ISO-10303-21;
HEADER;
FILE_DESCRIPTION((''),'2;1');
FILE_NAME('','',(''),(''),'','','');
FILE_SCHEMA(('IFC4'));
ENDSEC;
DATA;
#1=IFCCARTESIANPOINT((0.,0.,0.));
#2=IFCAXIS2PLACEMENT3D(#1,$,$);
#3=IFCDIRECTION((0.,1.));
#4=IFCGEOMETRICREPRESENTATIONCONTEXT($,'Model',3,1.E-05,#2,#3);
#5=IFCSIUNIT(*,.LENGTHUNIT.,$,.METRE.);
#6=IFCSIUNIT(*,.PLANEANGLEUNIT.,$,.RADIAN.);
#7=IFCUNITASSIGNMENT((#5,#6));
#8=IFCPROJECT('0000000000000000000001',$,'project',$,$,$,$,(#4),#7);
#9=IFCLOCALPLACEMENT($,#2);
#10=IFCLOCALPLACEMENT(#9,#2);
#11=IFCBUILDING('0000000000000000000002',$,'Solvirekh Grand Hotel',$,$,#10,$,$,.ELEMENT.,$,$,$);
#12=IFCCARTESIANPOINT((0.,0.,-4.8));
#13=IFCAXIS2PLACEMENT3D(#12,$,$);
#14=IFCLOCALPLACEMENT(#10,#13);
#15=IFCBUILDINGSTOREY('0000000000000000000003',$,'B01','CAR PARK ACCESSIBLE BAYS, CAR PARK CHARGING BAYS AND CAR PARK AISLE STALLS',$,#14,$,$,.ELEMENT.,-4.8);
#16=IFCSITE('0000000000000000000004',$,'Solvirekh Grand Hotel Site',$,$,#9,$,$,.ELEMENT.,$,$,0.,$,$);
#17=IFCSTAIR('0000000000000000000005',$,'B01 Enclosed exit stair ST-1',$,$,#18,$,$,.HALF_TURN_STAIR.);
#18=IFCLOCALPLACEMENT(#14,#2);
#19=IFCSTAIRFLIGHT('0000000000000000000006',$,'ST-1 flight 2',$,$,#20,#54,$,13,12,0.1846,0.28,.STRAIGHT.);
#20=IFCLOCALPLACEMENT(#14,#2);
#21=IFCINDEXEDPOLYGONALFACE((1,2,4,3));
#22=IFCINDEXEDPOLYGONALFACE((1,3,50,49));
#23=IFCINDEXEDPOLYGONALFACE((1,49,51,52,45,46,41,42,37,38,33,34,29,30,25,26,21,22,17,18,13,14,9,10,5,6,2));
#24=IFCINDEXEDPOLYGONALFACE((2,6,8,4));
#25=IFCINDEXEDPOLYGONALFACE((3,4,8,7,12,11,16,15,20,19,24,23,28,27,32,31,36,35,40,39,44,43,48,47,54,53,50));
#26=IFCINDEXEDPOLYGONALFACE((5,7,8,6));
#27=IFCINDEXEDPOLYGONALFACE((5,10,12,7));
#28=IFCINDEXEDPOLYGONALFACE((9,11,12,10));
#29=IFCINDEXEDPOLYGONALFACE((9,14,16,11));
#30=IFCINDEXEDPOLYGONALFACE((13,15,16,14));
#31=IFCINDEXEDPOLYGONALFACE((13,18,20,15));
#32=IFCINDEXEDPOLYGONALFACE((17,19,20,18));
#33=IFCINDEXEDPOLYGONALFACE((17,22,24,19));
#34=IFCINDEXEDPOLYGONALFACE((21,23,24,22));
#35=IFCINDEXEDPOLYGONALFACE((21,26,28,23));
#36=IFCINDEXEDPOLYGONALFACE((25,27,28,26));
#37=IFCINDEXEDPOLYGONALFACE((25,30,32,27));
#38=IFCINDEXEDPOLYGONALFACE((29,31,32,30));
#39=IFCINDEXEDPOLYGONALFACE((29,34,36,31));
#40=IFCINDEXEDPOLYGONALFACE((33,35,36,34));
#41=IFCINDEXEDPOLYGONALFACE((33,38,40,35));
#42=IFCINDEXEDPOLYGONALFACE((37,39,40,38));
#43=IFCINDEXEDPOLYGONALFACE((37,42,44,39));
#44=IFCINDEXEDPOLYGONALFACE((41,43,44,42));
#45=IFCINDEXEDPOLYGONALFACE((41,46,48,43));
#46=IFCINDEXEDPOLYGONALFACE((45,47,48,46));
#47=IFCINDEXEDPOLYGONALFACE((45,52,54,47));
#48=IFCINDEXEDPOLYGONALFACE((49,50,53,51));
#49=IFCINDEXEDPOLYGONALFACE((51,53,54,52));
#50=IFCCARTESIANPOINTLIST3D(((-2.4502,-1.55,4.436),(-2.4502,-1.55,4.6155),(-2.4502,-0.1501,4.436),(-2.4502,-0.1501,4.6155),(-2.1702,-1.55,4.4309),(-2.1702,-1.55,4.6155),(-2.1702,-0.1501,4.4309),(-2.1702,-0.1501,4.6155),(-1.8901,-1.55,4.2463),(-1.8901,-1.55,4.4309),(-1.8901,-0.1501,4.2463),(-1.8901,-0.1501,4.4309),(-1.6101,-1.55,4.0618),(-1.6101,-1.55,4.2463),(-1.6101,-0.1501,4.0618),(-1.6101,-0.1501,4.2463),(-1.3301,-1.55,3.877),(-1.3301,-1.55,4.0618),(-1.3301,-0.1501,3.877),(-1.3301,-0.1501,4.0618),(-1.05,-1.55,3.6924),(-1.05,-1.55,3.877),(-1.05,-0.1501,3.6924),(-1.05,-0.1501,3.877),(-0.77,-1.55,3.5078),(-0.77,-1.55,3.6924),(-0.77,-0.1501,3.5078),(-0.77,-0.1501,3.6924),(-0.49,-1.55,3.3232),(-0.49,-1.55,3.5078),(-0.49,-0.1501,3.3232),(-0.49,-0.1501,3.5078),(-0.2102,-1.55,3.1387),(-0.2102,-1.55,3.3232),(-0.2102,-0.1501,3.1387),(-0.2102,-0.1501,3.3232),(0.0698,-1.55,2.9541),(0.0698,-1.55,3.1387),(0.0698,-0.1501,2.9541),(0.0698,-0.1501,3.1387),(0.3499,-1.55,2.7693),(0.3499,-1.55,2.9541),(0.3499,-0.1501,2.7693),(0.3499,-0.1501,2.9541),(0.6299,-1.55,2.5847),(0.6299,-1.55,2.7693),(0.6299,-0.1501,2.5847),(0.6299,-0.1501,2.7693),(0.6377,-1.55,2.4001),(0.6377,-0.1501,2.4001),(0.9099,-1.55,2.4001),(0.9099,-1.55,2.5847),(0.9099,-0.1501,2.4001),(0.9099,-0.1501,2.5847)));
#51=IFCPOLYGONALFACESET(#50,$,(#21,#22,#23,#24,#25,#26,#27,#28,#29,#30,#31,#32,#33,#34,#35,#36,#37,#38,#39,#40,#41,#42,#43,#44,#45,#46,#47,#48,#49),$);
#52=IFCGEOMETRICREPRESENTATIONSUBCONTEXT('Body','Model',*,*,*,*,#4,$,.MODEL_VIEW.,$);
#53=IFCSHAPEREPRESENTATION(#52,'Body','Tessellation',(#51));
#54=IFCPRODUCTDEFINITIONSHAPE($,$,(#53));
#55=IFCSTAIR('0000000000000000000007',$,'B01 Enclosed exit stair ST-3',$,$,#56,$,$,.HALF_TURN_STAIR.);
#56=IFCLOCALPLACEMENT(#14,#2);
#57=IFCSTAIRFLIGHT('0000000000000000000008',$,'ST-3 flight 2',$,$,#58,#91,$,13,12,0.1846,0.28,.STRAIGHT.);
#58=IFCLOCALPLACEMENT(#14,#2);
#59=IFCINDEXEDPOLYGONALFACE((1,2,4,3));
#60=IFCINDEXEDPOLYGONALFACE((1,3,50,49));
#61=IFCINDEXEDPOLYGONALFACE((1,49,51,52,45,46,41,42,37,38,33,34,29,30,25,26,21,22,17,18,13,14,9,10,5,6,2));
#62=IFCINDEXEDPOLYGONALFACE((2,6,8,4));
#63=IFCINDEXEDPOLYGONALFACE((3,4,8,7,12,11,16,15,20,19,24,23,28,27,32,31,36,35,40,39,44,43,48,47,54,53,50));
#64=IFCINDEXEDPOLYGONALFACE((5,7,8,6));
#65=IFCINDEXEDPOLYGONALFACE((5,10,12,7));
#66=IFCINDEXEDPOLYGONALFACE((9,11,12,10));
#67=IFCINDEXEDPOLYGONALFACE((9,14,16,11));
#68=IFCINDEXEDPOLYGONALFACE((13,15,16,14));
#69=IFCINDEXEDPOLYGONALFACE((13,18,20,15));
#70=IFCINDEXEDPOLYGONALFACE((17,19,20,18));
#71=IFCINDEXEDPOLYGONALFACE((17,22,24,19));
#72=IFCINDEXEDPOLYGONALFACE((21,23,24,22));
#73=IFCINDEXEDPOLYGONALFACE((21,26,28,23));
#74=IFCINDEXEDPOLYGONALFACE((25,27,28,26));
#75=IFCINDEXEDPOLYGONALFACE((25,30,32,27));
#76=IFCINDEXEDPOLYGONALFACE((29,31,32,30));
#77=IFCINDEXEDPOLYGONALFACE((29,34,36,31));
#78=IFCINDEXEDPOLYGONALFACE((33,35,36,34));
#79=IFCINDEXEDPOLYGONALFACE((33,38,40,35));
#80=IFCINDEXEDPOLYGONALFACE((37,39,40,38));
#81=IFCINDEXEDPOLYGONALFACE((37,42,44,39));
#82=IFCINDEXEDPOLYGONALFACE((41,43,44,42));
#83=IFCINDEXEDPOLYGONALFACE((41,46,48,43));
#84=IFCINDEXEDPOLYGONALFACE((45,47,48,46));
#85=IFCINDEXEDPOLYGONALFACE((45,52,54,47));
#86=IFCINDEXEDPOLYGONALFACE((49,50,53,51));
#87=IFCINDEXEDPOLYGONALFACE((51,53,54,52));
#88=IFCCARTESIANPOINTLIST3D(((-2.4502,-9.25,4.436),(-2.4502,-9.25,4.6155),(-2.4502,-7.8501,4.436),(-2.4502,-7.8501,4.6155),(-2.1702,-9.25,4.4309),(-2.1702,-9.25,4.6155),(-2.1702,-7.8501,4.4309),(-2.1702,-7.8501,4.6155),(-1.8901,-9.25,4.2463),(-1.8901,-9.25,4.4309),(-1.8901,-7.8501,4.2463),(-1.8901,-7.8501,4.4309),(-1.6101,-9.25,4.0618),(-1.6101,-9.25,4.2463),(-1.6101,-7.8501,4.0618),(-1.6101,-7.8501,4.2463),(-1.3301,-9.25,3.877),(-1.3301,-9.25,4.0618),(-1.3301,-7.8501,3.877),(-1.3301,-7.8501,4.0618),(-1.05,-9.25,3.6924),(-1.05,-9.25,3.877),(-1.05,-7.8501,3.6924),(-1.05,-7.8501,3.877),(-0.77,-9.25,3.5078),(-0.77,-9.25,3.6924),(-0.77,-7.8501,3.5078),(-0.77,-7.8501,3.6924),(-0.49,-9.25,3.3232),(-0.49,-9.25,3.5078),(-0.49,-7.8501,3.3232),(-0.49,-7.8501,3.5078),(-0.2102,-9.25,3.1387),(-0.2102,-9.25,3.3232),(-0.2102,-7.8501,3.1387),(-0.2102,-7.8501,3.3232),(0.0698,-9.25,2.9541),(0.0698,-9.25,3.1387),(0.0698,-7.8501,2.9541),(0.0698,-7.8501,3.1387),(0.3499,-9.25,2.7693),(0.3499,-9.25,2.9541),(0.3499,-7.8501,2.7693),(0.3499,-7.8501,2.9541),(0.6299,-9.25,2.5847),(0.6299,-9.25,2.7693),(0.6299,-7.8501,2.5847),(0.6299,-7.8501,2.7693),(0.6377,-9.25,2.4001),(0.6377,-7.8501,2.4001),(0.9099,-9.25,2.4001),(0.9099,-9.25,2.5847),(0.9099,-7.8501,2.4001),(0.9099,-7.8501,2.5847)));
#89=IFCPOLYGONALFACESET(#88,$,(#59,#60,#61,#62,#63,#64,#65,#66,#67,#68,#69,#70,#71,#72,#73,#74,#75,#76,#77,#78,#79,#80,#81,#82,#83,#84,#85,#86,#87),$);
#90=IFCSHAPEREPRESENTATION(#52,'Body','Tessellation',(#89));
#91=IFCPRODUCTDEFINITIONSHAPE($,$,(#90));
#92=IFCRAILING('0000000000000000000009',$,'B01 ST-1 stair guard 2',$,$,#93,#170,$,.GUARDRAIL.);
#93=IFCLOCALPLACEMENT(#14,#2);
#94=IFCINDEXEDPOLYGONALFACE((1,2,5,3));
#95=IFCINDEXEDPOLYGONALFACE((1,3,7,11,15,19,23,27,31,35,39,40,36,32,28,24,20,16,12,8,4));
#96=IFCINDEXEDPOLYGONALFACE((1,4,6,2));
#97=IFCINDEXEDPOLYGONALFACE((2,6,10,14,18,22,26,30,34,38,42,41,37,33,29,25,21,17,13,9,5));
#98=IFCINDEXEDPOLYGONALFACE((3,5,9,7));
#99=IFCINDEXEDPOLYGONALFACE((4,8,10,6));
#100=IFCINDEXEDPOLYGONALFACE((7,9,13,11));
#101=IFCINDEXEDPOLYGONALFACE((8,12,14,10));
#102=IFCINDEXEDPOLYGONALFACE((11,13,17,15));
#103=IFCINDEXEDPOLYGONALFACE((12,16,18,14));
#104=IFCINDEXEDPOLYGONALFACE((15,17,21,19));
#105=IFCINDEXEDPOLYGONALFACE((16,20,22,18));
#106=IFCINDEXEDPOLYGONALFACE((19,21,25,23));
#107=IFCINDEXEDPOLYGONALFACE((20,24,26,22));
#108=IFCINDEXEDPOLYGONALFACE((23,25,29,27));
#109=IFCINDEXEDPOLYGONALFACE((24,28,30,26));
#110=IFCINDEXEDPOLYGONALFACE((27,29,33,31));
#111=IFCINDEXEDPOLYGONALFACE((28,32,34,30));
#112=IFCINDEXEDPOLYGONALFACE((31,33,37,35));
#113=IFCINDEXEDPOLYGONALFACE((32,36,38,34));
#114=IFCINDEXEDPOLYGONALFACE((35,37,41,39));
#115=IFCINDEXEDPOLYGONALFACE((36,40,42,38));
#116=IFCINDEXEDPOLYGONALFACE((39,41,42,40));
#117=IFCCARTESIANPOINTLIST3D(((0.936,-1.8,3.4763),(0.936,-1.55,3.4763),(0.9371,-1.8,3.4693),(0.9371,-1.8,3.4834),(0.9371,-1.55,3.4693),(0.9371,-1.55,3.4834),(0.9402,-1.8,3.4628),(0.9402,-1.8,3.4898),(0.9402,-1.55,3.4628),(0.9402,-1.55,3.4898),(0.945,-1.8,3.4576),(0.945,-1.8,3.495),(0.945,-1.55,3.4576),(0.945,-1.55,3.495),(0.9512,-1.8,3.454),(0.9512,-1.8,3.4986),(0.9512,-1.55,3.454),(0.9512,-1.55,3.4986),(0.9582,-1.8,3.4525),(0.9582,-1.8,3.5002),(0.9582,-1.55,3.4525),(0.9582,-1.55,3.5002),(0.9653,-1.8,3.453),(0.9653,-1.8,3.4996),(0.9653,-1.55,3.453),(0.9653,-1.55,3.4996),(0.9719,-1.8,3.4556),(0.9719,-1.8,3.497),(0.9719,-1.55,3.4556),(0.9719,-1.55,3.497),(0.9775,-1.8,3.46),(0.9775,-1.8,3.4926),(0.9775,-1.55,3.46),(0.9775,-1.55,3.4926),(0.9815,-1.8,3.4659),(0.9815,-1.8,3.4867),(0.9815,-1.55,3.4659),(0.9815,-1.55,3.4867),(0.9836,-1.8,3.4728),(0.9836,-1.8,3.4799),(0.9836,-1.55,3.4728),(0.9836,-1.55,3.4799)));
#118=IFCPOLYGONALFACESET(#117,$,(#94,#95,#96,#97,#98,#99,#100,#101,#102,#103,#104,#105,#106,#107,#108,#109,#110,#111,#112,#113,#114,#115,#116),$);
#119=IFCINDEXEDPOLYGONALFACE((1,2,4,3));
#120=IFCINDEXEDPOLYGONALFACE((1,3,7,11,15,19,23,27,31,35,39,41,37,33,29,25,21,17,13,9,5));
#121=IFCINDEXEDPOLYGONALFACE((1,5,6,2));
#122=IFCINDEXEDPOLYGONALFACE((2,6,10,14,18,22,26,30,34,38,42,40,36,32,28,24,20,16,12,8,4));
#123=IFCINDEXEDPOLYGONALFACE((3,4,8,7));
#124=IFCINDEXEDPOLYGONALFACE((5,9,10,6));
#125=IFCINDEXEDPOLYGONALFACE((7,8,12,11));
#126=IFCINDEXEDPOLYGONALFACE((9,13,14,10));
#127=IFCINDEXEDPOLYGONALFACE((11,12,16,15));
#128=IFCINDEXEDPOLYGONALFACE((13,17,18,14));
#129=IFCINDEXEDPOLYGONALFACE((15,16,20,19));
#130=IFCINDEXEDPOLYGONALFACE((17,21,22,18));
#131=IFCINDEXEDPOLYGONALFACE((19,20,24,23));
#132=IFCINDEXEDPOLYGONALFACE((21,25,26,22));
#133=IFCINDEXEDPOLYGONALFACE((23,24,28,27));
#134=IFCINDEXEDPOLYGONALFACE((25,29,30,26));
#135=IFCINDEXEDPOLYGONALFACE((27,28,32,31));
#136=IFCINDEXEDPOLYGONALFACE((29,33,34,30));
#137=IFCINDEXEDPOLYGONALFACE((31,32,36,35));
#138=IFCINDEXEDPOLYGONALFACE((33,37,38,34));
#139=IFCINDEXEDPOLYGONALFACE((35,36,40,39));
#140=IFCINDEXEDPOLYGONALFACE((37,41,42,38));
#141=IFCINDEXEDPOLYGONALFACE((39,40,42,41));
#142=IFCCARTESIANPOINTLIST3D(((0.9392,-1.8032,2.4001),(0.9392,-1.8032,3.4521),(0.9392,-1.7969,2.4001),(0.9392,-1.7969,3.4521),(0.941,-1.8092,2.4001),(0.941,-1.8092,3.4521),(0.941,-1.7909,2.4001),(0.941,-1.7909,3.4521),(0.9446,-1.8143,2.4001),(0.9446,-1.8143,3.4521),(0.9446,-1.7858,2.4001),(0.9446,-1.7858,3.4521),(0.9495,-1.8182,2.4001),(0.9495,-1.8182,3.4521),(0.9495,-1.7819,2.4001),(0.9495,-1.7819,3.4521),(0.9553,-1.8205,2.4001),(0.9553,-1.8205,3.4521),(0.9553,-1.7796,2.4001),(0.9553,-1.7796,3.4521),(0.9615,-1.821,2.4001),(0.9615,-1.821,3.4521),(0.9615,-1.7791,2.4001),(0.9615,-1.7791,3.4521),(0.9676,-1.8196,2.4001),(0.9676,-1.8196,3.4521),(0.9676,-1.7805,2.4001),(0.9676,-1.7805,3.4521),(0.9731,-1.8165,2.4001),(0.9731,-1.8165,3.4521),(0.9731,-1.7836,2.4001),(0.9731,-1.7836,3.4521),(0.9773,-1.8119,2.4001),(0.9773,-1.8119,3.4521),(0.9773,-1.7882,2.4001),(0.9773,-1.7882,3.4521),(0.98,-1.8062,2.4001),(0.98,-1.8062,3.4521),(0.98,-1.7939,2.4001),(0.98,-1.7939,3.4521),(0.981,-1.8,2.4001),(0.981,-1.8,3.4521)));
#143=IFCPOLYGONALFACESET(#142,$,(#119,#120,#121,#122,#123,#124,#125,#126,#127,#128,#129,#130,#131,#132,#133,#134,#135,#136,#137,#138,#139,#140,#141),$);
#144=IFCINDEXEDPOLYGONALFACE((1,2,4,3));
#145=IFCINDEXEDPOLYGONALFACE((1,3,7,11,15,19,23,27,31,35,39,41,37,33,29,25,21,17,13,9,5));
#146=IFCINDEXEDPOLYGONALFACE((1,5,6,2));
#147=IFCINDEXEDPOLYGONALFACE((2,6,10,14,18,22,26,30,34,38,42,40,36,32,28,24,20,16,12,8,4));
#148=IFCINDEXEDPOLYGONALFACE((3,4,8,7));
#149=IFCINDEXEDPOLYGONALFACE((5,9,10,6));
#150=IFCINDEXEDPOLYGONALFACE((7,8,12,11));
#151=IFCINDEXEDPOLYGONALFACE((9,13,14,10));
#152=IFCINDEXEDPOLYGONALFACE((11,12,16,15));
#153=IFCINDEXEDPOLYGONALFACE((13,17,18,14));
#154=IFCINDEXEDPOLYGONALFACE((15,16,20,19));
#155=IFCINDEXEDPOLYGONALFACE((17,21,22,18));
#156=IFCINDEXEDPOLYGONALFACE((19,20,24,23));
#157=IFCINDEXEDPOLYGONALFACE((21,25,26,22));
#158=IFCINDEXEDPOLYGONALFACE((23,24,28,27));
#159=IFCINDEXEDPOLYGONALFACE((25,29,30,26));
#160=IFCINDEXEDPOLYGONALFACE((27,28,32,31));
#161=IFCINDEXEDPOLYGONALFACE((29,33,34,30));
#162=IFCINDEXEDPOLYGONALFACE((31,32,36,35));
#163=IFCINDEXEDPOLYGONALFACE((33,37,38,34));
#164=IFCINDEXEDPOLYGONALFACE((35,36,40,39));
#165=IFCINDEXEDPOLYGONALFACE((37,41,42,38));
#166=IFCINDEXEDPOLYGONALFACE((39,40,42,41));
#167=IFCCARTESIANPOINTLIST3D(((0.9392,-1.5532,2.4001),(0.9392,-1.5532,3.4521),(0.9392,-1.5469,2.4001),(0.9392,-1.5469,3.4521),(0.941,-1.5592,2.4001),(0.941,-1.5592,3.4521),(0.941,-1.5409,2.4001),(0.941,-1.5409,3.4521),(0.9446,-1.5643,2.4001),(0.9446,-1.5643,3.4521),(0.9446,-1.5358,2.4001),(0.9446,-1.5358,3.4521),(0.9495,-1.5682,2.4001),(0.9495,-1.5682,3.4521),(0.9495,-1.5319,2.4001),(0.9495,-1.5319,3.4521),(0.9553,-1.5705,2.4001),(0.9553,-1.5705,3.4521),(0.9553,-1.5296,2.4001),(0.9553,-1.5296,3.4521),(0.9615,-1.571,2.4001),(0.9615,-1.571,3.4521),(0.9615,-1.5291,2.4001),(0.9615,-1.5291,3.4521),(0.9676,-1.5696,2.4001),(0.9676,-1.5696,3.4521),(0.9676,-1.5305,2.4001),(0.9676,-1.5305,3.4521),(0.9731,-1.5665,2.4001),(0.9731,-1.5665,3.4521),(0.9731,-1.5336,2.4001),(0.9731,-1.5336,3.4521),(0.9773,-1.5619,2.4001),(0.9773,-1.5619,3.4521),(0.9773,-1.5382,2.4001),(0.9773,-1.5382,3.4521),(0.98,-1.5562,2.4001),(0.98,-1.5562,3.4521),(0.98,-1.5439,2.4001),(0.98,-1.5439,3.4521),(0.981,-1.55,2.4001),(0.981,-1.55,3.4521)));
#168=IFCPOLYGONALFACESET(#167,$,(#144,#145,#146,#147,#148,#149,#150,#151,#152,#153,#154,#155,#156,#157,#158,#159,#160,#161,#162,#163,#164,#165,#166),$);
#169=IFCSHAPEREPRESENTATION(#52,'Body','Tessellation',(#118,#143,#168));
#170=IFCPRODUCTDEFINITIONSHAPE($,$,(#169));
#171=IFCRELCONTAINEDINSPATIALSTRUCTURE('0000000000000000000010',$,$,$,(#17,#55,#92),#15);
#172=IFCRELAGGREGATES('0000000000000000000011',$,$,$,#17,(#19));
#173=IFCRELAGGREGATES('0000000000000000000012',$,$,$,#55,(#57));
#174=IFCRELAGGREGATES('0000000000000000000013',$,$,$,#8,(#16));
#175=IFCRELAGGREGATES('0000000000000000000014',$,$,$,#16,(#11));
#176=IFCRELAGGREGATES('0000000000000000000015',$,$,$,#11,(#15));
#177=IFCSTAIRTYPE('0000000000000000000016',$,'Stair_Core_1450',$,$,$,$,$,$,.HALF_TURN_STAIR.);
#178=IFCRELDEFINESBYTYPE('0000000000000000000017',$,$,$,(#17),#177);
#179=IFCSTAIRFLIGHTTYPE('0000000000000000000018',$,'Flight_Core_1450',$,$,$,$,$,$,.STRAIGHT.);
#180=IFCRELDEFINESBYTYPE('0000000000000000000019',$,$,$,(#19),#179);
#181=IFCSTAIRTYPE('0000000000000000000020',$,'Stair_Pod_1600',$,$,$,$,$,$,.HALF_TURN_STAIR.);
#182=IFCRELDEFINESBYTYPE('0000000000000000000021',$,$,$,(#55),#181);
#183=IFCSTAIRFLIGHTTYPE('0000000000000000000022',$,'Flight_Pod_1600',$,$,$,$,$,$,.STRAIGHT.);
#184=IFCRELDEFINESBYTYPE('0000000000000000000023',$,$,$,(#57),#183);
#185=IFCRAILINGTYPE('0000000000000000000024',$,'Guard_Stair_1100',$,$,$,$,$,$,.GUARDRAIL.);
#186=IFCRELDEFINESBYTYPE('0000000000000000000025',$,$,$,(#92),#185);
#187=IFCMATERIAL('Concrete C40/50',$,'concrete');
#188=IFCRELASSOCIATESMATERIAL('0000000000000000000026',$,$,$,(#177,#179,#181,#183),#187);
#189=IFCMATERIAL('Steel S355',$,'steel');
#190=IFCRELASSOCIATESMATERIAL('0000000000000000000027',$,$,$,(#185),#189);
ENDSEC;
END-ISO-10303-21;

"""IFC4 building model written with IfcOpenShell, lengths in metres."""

from ifc_helpers import new_model, si_unit, direction, frame, origin, origin_2d, place, context, subcontext, project, spatial, polyline, circle, outline, extrude, material, type_object, element, aggregate, save


model = new_model("IFC4")

# Units and contexts
model_context = context("Model", 3, precision=1e-05, world=origin(), true_north=direction((0.0, 1.0)))
body_context = subcontext(model_context, "Body", "Model", "MODEL_VIEW")
ifc_project = project(units=[si_unit("LENGTHUNIT", "METRE"), si_unit("PLANEANGLEUNIT", "RADIAN")], contexts=[model_context])

# Site, building, storey
site_placement = place(None, origin())
site = spatial("IfcSite", under=ifc_project, at=site_placement, Name="Solvirekh Grand Hotel Site", CompositionType="ELEMENT", RefElevation=0.0)
building_placement = place(site_placement, origin())
building = spatial("IfcBuilding", under=site, at=building_placement, Name="Solvirekh Grand Hotel", CompositionType="ELEMENT")
storey_placement = place(building_placement, frame((0.0, 0.0, -4.8)))
storey = spatial("IfcBuildingStorey", under=building, at=storey_placement, Name="B01", Description="CAR PARK ACCESSIBLE BAYS, CAR PARK CHARGING BAYS AND CAR PARK AISLE STALLS", CompositionType="ELEMENT", Elevation=-4.8)

# Shared definitions
ifc_material_1 = material(Name="Steel S355", Category="steel")

# Shared definitions
ifc_material_2 = material(Name="Concrete C40/50", Category="concrete")

# Stairs, stair flights
stair_type_1 = type_object("IfcStairType", Name="Stair_Core_1450", PredefinedType="HALF_TURN_STAIR", material=ifc_material_2)
stair_1_placement = place(storey_placement, origin())
stair_1 = element("IfcStair", 1, at=stair_1_placement, inside=storey, type_object=stair_type_1, Name="B01 Enclosed exit stair ST-1", PredefinedType="HALF_TURN_STAIR")
stair_flight_type_1 = type_object("IfcStairFlightType", Name="Flight_Core_1450", PredefinedType="STRAIGHT", material=ifc_material_2)
stair_flight_1_placement = place(storey_placement, frame((0.9099, -0.8501, 2.4001), z_axis=(0.0, 0.0, 1.0), x_axis=(-1.0, 0.0, 0.0)))
stair_flight_1 = element("IfcStairFlight", 2, at=stair_flight_1_placement, type_object=stair_flight_type_1, Name="ST-1 flight 2", NumberOfRisers=13, NumberOfTreads=12, PredefinedType="STRAIGHT", RiserHeight=0.1846, TreadLength=0.28, context=body_context, shape_type="SweptSolid", body=[
    extrude(outline(polyline([(0.0, 0.0), (0.0, 0.1846), (0.28, 0.1846), (0.28, 0.3691), (0.5601, 0.3691), (0.5601, 0.554), (0.8401, 0.554), (0.8401, 0.7385), (1.1201, 0.7385), (1.1201, 0.9231), (1.3999, 0.9231), (1.3999, 1.1077), (1.6799, 1.1077), (1.6799, 1.2922), (1.96, 1.2922), (1.96, 1.4768), (2.24, 1.4768), (2.24, 1.6616), (2.52, 1.6616), (2.52, 1.8462), (2.8, 1.8462), (2.8, 2.0308), (3.0801, 2.0308), (3.0801, 2.2153), (3.3601, 2.2153), (3.3601, 2.3999), (3.3601, 2.0359), (0.2722, 0.0), (0.0, 0.0)])), frame((0.0, 0.7, 0.0), z_axis=(0.0, -1.0, 0.0), x_axis=(1.0, 0.0, 0.0)), (0.0, 0.0, 1.0), 1.3999),
])
aggregate(stair_1, [stair_flight_1])
stair_type_2 = type_object("IfcStairType", Name="Stair_Pod_1600", PredefinedType="HALF_TURN_STAIR", material=ifc_material_2)
stair_2_placement = place(storey_placement, origin())
stair_2 = element("IfcStair", 3, at=stair_2_placement, inside=storey, type_object=stair_type_2, Name="B01 Enclosed exit stair ST-3", PredefinedType="HALF_TURN_STAIR")
stair_flight_type_2 = type_object("IfcStairFlightType", Name="Flight_Pod_1600", PredefinedType="STRAIGHT", material=ifc_material_2)
stair_flight_2_placement = place(storey_placement, frame((0.9099, -8.55, 2.4001), z_axis=(0.0, 0.0, 1.0), x_axis=(-1.0, 0.0, 0.0)))
stair_flight_2 = element("IfcStairFlight", 4, at=stair_flight_2_placement, type_object=stair_flight_type_2, Name="ST-3 flight 2", NumberOfRisers=13, NumberOfTreads=12, PredefinedType="STRAIGHT", RiserHeight=0.1846, TreadLength=0.28, context=body_context, shape_type="SweptSolid", body=[
    extrude(outline(polyline([(0.0, 0.0), (0.0, 0.1846), (0.28, 0.1846), (0.28, 0.3691), (0.5601, 0.3691), (0.5601, 0.554), (0.8401, 0.554), (0.8401, 0.7385), (1.1201, 0.7385), (1.1201, 0.9231), (1.3999, 0.9231), (1.3999, 1.1077), (1.6799, 1.1077), (1.6799, 1.2922), (1.96, 1.2922), (1.96, 1.4768), (2.24, 1.4768), (2.24, 1.6616), (2.52, 1.6616), (2.52, 1.8462), (2.8, 1.8462), (2.8, 2.0308), (3.0801, 2.0308), (3.0801, 2.2153), (3.3601, 2.2153), (3.3601, 2.3999), (3.3601, 2.0359), (0.2722, 0.0), (0.0, 0.0)])), frame((0.0, 0.7, 0.0), z_axis=(0.0, -1.0, 0.0), x_axis=(1.0, 0.0, 0.0)), (0.0, 0.0, 1.0), 1.3999),
])
aggregate(stair_2, [stair_flight_2])

# Railing
railing_type_1 = type_object("IfcRailingType", Name="Guard_Stair_1100", PredefinedType="GUARDRAIL", material=ifc_material_1)
railing_1_placement = place(storey_placement, frame((0.96, -1.8, 2.4001)))
element("IfcRailing", 5, at=railing_1_placement, inside=storey, type_object=railing_type_1, Name="B01 ST-1 stair guard 2", PredefinedType="GUARDRAIL", context=body_context, shape_type="SweptSolid", body=[
    extrude(circle(Radius=0.0239, at=origin_2d()), frame((0.0, 0.0, 1.0762), z_axis=(0.0, 1.0, 0.0), x_axis=(-1.0, 0.0, 0.0)), (0.0, 0.0, 1.0), 0.25),
    extrude(circle(Radius=0.021, at=origin_2d()), origin(), (0.0, 0.0, 1.0), 1.052),
    extrude(circle(Radius=0.021, at=origin_2d()), frame((0.0, 0.25, 0.0)), (0.0, 0.0, 1.0), 1.052),
])

save(model, "model.ifc")
